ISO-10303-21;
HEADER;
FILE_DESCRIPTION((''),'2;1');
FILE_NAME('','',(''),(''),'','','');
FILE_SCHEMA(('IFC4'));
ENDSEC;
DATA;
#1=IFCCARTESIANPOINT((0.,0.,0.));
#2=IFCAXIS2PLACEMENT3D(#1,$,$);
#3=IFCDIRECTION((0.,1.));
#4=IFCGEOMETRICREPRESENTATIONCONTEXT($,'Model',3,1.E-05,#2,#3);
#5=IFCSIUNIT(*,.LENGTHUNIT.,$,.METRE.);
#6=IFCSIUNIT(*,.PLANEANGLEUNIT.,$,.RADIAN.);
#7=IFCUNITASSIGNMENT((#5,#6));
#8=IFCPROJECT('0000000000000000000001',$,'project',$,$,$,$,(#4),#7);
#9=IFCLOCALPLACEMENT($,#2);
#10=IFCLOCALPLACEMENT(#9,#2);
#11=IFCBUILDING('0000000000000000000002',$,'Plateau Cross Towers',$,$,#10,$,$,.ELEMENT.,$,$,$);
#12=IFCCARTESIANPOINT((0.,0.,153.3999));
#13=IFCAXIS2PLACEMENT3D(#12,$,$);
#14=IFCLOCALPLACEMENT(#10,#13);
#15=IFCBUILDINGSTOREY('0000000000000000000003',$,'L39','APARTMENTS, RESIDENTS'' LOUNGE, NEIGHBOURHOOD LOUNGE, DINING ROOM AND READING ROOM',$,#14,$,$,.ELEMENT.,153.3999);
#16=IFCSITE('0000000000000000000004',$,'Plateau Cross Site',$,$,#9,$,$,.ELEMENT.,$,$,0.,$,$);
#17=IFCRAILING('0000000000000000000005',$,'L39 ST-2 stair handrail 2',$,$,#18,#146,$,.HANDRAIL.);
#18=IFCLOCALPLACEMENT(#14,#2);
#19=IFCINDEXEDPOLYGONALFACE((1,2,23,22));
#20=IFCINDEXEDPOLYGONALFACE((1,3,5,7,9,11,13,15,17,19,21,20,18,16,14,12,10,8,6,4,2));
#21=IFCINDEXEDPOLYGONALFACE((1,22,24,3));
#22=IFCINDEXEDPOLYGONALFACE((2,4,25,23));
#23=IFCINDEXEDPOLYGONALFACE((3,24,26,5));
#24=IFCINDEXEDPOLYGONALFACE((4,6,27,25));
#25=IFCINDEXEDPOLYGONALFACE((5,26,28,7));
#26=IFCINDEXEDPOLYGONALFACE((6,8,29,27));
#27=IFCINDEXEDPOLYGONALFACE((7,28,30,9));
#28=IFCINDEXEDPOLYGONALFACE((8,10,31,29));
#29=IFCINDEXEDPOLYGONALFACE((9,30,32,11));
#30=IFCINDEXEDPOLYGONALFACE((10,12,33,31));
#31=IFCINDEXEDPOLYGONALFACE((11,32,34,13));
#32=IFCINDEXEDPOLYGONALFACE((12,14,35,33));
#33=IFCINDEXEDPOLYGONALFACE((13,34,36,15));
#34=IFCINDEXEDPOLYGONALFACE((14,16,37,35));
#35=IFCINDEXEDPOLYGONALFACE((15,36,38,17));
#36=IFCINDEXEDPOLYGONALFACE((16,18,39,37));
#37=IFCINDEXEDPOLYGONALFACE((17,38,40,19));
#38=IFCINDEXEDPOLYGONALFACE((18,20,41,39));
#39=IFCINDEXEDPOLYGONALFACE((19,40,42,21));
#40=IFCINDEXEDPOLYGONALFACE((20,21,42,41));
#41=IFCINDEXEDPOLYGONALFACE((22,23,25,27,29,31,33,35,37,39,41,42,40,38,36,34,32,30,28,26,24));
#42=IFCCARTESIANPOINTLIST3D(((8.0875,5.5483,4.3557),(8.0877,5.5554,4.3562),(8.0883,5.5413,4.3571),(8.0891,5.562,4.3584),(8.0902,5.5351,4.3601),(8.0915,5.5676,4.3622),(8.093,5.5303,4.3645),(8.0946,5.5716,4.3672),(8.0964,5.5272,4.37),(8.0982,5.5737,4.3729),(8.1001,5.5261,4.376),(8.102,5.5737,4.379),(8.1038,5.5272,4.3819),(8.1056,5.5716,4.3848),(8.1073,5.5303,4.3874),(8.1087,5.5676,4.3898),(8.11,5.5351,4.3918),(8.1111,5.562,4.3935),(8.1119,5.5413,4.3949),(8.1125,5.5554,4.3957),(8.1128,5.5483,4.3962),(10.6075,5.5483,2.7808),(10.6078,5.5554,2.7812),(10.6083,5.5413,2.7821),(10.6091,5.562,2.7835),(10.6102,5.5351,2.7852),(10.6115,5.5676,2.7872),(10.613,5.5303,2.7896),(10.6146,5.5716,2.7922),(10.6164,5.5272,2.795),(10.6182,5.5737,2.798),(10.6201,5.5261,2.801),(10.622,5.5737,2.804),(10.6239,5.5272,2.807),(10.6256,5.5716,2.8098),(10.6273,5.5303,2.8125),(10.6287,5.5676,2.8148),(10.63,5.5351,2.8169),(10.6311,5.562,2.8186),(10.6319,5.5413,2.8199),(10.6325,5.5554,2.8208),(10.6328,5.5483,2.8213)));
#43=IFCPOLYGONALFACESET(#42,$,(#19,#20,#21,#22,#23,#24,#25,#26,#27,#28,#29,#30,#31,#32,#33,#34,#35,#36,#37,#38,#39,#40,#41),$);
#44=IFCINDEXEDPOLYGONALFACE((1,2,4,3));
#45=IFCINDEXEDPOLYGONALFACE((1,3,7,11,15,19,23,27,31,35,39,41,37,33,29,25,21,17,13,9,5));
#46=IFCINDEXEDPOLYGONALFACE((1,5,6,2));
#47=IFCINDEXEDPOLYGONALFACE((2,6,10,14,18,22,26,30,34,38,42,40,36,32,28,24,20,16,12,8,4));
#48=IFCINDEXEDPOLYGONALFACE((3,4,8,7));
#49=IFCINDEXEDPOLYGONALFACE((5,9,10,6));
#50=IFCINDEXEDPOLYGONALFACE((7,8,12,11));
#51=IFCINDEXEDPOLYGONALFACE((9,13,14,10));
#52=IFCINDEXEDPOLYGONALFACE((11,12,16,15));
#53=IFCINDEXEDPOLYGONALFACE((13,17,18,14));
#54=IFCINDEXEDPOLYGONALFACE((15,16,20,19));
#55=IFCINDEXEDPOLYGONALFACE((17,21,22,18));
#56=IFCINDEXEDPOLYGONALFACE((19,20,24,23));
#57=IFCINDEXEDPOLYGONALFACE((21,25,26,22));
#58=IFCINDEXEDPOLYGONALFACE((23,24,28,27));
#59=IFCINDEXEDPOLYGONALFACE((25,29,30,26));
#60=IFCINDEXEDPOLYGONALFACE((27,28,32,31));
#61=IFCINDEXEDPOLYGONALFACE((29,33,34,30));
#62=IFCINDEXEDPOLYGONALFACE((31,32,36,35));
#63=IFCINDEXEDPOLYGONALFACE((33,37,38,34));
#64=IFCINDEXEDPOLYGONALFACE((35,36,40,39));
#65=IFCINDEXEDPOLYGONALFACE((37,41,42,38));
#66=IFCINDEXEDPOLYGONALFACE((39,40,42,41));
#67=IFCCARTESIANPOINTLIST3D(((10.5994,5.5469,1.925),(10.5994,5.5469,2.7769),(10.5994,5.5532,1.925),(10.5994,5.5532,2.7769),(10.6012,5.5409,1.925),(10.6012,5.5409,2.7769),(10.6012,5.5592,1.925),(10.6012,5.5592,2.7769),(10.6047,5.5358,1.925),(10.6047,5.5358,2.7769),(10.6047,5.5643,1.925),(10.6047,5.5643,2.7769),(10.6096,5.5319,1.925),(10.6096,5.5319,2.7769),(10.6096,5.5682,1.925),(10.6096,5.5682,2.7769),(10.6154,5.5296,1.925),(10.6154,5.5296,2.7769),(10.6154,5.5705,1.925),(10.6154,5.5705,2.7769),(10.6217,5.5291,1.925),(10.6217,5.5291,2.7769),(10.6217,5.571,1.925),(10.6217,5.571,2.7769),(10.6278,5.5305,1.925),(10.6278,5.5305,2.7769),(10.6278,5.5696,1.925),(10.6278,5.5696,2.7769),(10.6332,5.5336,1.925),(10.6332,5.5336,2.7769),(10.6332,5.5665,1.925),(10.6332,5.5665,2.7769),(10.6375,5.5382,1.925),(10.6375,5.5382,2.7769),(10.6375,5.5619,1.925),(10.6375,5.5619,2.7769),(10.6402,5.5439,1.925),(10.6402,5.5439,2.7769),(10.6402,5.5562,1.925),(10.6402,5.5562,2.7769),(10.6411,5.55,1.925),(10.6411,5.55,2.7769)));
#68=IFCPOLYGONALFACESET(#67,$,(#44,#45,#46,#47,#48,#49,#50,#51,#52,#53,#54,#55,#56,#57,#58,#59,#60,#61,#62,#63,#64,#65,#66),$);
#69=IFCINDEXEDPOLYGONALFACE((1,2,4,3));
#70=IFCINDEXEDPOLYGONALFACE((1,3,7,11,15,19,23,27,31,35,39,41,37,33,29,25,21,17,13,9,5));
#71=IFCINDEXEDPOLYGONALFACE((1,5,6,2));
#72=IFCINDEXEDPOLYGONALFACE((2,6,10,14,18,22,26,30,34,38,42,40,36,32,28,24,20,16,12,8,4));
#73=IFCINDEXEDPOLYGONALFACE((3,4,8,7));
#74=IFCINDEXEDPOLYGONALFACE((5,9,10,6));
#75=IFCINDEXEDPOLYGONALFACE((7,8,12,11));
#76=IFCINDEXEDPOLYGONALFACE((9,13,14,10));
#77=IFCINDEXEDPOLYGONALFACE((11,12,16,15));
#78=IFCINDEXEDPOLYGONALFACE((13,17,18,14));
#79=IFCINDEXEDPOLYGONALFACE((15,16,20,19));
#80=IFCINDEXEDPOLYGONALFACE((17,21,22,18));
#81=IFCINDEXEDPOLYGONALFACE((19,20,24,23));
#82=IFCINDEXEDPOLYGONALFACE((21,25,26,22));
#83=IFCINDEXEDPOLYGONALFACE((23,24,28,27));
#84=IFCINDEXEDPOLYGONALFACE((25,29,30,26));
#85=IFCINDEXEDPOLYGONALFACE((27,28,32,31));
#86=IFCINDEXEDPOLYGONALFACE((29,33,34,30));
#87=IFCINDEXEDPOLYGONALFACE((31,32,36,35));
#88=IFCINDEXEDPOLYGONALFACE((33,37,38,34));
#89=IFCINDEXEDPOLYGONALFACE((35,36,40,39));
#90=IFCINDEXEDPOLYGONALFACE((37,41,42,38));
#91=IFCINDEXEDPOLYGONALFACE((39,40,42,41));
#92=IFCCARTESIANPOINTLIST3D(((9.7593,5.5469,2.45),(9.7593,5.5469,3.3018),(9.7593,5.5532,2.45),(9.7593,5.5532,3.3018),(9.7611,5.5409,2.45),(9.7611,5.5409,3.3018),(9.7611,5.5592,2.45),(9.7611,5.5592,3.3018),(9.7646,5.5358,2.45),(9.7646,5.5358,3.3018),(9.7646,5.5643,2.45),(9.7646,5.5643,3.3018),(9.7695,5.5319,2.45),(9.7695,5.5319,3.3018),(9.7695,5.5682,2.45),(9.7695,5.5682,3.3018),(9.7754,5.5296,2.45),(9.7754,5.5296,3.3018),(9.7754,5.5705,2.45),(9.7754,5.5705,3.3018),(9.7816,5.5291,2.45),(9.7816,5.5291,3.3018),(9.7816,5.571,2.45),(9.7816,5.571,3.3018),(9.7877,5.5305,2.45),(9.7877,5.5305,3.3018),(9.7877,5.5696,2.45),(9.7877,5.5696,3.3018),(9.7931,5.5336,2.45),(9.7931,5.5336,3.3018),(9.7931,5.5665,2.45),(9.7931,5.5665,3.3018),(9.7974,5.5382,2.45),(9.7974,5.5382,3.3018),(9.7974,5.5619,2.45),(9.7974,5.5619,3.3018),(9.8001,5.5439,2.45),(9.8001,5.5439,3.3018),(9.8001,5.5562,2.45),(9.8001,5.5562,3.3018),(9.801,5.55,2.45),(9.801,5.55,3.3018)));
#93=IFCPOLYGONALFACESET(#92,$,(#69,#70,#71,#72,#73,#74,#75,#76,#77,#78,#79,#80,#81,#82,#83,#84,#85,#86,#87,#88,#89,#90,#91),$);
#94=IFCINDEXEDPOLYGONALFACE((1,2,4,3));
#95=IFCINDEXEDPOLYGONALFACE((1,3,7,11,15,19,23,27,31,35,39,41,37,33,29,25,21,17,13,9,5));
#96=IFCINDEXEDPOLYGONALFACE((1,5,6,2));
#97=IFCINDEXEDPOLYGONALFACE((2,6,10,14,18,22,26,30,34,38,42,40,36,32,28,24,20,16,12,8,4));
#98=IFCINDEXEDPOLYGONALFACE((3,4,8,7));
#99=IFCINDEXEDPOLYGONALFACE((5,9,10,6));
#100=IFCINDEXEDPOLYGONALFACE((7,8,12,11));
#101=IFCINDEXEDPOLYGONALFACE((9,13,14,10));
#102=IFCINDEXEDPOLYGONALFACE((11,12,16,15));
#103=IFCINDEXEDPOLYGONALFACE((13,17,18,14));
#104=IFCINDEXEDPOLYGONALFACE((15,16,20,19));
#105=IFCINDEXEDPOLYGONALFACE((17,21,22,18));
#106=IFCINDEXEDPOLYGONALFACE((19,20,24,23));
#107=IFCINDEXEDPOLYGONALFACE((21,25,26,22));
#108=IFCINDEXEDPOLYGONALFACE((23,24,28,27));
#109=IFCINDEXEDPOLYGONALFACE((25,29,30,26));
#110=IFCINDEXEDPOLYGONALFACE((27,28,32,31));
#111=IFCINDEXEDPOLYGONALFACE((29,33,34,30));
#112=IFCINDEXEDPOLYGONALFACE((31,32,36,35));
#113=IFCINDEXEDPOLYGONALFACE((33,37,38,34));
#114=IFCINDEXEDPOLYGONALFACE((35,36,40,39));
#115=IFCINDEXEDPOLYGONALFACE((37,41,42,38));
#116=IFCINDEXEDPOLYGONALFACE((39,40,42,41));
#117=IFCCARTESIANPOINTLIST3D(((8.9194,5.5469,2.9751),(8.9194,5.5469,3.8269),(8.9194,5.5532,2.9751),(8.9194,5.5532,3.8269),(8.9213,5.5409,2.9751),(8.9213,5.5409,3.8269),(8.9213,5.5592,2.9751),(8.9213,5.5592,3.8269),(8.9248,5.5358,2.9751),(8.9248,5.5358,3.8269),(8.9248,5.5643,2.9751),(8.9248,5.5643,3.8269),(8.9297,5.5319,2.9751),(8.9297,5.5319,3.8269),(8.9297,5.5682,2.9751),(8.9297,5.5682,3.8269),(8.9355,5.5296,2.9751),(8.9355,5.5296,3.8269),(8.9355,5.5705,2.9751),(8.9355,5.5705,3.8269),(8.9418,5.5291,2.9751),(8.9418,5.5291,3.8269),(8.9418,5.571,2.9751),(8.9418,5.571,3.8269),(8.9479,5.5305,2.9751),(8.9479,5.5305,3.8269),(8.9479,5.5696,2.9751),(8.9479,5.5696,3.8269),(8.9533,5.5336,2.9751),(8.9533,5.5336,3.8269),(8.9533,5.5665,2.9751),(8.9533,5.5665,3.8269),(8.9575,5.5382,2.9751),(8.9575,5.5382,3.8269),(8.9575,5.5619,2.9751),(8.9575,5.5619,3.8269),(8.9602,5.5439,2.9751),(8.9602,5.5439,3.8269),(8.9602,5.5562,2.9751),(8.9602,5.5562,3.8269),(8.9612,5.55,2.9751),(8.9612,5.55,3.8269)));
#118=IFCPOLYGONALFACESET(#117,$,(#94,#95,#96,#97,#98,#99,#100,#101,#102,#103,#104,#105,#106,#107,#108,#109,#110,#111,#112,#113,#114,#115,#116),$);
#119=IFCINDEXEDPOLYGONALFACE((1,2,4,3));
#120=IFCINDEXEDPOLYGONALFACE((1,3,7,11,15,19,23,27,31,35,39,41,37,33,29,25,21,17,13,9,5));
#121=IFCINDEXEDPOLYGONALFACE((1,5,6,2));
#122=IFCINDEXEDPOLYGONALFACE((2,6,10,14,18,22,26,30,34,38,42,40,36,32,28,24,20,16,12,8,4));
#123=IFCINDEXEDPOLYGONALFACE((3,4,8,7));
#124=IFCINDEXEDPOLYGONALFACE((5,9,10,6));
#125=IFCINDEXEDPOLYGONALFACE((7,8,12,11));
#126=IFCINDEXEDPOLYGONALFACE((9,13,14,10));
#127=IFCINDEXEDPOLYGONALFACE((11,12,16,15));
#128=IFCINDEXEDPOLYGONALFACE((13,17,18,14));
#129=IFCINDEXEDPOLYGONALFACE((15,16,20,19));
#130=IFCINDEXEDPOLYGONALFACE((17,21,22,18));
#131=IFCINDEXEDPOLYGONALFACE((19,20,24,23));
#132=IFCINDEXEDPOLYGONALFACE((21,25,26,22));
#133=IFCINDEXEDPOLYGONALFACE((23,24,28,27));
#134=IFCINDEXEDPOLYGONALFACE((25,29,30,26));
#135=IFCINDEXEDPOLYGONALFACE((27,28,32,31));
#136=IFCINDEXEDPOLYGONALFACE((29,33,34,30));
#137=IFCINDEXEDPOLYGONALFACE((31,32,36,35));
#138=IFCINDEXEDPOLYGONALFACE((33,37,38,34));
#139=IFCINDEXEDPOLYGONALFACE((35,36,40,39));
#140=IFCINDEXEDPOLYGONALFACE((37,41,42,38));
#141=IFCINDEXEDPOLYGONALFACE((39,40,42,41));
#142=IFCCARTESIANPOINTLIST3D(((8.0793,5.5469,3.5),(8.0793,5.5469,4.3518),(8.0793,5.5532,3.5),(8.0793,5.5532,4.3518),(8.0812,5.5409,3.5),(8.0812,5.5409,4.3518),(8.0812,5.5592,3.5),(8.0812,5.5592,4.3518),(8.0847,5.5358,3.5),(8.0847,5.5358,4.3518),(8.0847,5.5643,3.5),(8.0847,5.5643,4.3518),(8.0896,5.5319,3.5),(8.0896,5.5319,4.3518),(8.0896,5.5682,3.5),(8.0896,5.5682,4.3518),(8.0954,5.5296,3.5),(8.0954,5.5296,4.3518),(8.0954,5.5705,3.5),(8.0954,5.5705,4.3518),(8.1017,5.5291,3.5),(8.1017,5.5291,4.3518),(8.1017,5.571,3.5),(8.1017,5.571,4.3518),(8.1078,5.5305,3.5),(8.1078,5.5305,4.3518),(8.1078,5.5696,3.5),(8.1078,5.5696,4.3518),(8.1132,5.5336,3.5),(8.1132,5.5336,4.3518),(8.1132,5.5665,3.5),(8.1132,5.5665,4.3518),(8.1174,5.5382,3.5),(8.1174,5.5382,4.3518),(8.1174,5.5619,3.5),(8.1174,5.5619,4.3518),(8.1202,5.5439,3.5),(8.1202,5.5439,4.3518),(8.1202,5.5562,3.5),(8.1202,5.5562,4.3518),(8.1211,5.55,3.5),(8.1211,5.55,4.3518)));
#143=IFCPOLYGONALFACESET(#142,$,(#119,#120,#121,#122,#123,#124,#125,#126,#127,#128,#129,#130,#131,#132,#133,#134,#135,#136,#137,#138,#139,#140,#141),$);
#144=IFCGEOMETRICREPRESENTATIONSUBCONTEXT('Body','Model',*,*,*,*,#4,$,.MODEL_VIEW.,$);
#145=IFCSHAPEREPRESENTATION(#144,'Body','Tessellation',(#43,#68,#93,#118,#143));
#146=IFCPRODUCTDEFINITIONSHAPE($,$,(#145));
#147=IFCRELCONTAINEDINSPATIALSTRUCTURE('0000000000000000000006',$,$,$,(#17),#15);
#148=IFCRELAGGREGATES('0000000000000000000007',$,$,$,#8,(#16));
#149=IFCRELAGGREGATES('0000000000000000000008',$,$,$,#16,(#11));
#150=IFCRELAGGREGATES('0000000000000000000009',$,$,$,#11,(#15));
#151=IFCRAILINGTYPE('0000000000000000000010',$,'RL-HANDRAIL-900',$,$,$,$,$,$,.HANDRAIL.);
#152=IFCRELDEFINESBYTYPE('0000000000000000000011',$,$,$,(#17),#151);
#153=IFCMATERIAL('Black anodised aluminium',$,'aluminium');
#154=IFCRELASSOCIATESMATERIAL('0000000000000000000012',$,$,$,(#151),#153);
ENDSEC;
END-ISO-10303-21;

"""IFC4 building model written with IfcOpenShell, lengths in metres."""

from ifc_helpers import new_model, si_unit, direction, frame, origin, origin_2d, place, context, subcontext, project, spatial, circle, extrude, material, type_object, element, save


model = new_model("IFC4")

# Units and contexts
model_context = context("Model", 3, precision=1e-05, world=origin(), true_north=direction((0.0, 1.0)))
body_context = subcontext(model_context, "Body", "Model", "MODEL_VIEW")
ifc_project = project(units=[si_unit("LENGTHUNIT", "METRE"), si_unit("PLANEANGLEUNIT", "RADIAN")], contexts=[model_context])

# Site, building, storey
site_placement = place(None, origin())
site = spatial("IfcSite", under=ifc_project, at=site_placement, Name="Plateau Cross Site", CompositionType="ELEMENT", RefElevation=0.0)
building_placement = place(site_placement, origin())
building = spatial("IfcBuilding", under=site, at=building_placement, Name="Plateau Cross Towers", CompositionType="ELEMENT")
storey_placement = place(building_placement, frame((0.0, 0.0, 153.3999)))
storey = spatial("IfcBuildingStorey", under=building, at=storey_placement, Name="L39", Description="APARTMENTS, RESIDENTS' LOUNGE, NEIGHBOURHOOD LOUNGE, DINING ROOM AND READING ROOM", CompositionType="ELEMENT", Elevation=153.3999)

# Shared definitions
ifc_material_1 = material(Name="Black anodised aluminium", Category="aluminium")

# Railing
railing_type_1 = type_object("IfcRailingType", Name="RL-HANDRAIL-900", PredefinedType="HANDRAIL", material=ifc_material_1)
railing_1_placement = place(storey_placement, frame((10.6201, 5.55, 1.925)))
element("IfcRailing", 1, at=railing_1_placement, inside=storey, type_object=railing_type_1, Name="L39 ST-2 stair handrail 2", PredefinedType="HANDRAIL", context=body_context, shape_type="SweptSolid", body=[
    extrude(circle(Radius=0.0239, at=origin_2d()), frame((0.0, 0.0, 0.876), z_axis=(-0.848008, 0.0, 0.529984), x_axis=(0.0, -1.0, 0.0)), (0.0, 0.0, 1.0), 2.9717),
    extrude(circle(Radius=0.021, at=origin_2d()), origin(), (0.0, 0.0, 1.0), 0.8518),
    extrude(circle(Radius=0.021, at=origin_2d()), frame((-0.8401, 0.0, 0.5249)), (0.0, 0.0, 1.0), 0.8518),
    extrude(circle(Radius=0.021, at=origin_2d()), frame((-1.6799, 0.0, 1.05)), (0.0, 0.0, 1.0), 0.8518),
    extrude(circle(Radius=0.021, at=origin_2d()), frame((-2.52, 0.0, 1.575)), (0.0, 0.0, 1.0), 0.8518),
])

save(model, "model.ifc")
